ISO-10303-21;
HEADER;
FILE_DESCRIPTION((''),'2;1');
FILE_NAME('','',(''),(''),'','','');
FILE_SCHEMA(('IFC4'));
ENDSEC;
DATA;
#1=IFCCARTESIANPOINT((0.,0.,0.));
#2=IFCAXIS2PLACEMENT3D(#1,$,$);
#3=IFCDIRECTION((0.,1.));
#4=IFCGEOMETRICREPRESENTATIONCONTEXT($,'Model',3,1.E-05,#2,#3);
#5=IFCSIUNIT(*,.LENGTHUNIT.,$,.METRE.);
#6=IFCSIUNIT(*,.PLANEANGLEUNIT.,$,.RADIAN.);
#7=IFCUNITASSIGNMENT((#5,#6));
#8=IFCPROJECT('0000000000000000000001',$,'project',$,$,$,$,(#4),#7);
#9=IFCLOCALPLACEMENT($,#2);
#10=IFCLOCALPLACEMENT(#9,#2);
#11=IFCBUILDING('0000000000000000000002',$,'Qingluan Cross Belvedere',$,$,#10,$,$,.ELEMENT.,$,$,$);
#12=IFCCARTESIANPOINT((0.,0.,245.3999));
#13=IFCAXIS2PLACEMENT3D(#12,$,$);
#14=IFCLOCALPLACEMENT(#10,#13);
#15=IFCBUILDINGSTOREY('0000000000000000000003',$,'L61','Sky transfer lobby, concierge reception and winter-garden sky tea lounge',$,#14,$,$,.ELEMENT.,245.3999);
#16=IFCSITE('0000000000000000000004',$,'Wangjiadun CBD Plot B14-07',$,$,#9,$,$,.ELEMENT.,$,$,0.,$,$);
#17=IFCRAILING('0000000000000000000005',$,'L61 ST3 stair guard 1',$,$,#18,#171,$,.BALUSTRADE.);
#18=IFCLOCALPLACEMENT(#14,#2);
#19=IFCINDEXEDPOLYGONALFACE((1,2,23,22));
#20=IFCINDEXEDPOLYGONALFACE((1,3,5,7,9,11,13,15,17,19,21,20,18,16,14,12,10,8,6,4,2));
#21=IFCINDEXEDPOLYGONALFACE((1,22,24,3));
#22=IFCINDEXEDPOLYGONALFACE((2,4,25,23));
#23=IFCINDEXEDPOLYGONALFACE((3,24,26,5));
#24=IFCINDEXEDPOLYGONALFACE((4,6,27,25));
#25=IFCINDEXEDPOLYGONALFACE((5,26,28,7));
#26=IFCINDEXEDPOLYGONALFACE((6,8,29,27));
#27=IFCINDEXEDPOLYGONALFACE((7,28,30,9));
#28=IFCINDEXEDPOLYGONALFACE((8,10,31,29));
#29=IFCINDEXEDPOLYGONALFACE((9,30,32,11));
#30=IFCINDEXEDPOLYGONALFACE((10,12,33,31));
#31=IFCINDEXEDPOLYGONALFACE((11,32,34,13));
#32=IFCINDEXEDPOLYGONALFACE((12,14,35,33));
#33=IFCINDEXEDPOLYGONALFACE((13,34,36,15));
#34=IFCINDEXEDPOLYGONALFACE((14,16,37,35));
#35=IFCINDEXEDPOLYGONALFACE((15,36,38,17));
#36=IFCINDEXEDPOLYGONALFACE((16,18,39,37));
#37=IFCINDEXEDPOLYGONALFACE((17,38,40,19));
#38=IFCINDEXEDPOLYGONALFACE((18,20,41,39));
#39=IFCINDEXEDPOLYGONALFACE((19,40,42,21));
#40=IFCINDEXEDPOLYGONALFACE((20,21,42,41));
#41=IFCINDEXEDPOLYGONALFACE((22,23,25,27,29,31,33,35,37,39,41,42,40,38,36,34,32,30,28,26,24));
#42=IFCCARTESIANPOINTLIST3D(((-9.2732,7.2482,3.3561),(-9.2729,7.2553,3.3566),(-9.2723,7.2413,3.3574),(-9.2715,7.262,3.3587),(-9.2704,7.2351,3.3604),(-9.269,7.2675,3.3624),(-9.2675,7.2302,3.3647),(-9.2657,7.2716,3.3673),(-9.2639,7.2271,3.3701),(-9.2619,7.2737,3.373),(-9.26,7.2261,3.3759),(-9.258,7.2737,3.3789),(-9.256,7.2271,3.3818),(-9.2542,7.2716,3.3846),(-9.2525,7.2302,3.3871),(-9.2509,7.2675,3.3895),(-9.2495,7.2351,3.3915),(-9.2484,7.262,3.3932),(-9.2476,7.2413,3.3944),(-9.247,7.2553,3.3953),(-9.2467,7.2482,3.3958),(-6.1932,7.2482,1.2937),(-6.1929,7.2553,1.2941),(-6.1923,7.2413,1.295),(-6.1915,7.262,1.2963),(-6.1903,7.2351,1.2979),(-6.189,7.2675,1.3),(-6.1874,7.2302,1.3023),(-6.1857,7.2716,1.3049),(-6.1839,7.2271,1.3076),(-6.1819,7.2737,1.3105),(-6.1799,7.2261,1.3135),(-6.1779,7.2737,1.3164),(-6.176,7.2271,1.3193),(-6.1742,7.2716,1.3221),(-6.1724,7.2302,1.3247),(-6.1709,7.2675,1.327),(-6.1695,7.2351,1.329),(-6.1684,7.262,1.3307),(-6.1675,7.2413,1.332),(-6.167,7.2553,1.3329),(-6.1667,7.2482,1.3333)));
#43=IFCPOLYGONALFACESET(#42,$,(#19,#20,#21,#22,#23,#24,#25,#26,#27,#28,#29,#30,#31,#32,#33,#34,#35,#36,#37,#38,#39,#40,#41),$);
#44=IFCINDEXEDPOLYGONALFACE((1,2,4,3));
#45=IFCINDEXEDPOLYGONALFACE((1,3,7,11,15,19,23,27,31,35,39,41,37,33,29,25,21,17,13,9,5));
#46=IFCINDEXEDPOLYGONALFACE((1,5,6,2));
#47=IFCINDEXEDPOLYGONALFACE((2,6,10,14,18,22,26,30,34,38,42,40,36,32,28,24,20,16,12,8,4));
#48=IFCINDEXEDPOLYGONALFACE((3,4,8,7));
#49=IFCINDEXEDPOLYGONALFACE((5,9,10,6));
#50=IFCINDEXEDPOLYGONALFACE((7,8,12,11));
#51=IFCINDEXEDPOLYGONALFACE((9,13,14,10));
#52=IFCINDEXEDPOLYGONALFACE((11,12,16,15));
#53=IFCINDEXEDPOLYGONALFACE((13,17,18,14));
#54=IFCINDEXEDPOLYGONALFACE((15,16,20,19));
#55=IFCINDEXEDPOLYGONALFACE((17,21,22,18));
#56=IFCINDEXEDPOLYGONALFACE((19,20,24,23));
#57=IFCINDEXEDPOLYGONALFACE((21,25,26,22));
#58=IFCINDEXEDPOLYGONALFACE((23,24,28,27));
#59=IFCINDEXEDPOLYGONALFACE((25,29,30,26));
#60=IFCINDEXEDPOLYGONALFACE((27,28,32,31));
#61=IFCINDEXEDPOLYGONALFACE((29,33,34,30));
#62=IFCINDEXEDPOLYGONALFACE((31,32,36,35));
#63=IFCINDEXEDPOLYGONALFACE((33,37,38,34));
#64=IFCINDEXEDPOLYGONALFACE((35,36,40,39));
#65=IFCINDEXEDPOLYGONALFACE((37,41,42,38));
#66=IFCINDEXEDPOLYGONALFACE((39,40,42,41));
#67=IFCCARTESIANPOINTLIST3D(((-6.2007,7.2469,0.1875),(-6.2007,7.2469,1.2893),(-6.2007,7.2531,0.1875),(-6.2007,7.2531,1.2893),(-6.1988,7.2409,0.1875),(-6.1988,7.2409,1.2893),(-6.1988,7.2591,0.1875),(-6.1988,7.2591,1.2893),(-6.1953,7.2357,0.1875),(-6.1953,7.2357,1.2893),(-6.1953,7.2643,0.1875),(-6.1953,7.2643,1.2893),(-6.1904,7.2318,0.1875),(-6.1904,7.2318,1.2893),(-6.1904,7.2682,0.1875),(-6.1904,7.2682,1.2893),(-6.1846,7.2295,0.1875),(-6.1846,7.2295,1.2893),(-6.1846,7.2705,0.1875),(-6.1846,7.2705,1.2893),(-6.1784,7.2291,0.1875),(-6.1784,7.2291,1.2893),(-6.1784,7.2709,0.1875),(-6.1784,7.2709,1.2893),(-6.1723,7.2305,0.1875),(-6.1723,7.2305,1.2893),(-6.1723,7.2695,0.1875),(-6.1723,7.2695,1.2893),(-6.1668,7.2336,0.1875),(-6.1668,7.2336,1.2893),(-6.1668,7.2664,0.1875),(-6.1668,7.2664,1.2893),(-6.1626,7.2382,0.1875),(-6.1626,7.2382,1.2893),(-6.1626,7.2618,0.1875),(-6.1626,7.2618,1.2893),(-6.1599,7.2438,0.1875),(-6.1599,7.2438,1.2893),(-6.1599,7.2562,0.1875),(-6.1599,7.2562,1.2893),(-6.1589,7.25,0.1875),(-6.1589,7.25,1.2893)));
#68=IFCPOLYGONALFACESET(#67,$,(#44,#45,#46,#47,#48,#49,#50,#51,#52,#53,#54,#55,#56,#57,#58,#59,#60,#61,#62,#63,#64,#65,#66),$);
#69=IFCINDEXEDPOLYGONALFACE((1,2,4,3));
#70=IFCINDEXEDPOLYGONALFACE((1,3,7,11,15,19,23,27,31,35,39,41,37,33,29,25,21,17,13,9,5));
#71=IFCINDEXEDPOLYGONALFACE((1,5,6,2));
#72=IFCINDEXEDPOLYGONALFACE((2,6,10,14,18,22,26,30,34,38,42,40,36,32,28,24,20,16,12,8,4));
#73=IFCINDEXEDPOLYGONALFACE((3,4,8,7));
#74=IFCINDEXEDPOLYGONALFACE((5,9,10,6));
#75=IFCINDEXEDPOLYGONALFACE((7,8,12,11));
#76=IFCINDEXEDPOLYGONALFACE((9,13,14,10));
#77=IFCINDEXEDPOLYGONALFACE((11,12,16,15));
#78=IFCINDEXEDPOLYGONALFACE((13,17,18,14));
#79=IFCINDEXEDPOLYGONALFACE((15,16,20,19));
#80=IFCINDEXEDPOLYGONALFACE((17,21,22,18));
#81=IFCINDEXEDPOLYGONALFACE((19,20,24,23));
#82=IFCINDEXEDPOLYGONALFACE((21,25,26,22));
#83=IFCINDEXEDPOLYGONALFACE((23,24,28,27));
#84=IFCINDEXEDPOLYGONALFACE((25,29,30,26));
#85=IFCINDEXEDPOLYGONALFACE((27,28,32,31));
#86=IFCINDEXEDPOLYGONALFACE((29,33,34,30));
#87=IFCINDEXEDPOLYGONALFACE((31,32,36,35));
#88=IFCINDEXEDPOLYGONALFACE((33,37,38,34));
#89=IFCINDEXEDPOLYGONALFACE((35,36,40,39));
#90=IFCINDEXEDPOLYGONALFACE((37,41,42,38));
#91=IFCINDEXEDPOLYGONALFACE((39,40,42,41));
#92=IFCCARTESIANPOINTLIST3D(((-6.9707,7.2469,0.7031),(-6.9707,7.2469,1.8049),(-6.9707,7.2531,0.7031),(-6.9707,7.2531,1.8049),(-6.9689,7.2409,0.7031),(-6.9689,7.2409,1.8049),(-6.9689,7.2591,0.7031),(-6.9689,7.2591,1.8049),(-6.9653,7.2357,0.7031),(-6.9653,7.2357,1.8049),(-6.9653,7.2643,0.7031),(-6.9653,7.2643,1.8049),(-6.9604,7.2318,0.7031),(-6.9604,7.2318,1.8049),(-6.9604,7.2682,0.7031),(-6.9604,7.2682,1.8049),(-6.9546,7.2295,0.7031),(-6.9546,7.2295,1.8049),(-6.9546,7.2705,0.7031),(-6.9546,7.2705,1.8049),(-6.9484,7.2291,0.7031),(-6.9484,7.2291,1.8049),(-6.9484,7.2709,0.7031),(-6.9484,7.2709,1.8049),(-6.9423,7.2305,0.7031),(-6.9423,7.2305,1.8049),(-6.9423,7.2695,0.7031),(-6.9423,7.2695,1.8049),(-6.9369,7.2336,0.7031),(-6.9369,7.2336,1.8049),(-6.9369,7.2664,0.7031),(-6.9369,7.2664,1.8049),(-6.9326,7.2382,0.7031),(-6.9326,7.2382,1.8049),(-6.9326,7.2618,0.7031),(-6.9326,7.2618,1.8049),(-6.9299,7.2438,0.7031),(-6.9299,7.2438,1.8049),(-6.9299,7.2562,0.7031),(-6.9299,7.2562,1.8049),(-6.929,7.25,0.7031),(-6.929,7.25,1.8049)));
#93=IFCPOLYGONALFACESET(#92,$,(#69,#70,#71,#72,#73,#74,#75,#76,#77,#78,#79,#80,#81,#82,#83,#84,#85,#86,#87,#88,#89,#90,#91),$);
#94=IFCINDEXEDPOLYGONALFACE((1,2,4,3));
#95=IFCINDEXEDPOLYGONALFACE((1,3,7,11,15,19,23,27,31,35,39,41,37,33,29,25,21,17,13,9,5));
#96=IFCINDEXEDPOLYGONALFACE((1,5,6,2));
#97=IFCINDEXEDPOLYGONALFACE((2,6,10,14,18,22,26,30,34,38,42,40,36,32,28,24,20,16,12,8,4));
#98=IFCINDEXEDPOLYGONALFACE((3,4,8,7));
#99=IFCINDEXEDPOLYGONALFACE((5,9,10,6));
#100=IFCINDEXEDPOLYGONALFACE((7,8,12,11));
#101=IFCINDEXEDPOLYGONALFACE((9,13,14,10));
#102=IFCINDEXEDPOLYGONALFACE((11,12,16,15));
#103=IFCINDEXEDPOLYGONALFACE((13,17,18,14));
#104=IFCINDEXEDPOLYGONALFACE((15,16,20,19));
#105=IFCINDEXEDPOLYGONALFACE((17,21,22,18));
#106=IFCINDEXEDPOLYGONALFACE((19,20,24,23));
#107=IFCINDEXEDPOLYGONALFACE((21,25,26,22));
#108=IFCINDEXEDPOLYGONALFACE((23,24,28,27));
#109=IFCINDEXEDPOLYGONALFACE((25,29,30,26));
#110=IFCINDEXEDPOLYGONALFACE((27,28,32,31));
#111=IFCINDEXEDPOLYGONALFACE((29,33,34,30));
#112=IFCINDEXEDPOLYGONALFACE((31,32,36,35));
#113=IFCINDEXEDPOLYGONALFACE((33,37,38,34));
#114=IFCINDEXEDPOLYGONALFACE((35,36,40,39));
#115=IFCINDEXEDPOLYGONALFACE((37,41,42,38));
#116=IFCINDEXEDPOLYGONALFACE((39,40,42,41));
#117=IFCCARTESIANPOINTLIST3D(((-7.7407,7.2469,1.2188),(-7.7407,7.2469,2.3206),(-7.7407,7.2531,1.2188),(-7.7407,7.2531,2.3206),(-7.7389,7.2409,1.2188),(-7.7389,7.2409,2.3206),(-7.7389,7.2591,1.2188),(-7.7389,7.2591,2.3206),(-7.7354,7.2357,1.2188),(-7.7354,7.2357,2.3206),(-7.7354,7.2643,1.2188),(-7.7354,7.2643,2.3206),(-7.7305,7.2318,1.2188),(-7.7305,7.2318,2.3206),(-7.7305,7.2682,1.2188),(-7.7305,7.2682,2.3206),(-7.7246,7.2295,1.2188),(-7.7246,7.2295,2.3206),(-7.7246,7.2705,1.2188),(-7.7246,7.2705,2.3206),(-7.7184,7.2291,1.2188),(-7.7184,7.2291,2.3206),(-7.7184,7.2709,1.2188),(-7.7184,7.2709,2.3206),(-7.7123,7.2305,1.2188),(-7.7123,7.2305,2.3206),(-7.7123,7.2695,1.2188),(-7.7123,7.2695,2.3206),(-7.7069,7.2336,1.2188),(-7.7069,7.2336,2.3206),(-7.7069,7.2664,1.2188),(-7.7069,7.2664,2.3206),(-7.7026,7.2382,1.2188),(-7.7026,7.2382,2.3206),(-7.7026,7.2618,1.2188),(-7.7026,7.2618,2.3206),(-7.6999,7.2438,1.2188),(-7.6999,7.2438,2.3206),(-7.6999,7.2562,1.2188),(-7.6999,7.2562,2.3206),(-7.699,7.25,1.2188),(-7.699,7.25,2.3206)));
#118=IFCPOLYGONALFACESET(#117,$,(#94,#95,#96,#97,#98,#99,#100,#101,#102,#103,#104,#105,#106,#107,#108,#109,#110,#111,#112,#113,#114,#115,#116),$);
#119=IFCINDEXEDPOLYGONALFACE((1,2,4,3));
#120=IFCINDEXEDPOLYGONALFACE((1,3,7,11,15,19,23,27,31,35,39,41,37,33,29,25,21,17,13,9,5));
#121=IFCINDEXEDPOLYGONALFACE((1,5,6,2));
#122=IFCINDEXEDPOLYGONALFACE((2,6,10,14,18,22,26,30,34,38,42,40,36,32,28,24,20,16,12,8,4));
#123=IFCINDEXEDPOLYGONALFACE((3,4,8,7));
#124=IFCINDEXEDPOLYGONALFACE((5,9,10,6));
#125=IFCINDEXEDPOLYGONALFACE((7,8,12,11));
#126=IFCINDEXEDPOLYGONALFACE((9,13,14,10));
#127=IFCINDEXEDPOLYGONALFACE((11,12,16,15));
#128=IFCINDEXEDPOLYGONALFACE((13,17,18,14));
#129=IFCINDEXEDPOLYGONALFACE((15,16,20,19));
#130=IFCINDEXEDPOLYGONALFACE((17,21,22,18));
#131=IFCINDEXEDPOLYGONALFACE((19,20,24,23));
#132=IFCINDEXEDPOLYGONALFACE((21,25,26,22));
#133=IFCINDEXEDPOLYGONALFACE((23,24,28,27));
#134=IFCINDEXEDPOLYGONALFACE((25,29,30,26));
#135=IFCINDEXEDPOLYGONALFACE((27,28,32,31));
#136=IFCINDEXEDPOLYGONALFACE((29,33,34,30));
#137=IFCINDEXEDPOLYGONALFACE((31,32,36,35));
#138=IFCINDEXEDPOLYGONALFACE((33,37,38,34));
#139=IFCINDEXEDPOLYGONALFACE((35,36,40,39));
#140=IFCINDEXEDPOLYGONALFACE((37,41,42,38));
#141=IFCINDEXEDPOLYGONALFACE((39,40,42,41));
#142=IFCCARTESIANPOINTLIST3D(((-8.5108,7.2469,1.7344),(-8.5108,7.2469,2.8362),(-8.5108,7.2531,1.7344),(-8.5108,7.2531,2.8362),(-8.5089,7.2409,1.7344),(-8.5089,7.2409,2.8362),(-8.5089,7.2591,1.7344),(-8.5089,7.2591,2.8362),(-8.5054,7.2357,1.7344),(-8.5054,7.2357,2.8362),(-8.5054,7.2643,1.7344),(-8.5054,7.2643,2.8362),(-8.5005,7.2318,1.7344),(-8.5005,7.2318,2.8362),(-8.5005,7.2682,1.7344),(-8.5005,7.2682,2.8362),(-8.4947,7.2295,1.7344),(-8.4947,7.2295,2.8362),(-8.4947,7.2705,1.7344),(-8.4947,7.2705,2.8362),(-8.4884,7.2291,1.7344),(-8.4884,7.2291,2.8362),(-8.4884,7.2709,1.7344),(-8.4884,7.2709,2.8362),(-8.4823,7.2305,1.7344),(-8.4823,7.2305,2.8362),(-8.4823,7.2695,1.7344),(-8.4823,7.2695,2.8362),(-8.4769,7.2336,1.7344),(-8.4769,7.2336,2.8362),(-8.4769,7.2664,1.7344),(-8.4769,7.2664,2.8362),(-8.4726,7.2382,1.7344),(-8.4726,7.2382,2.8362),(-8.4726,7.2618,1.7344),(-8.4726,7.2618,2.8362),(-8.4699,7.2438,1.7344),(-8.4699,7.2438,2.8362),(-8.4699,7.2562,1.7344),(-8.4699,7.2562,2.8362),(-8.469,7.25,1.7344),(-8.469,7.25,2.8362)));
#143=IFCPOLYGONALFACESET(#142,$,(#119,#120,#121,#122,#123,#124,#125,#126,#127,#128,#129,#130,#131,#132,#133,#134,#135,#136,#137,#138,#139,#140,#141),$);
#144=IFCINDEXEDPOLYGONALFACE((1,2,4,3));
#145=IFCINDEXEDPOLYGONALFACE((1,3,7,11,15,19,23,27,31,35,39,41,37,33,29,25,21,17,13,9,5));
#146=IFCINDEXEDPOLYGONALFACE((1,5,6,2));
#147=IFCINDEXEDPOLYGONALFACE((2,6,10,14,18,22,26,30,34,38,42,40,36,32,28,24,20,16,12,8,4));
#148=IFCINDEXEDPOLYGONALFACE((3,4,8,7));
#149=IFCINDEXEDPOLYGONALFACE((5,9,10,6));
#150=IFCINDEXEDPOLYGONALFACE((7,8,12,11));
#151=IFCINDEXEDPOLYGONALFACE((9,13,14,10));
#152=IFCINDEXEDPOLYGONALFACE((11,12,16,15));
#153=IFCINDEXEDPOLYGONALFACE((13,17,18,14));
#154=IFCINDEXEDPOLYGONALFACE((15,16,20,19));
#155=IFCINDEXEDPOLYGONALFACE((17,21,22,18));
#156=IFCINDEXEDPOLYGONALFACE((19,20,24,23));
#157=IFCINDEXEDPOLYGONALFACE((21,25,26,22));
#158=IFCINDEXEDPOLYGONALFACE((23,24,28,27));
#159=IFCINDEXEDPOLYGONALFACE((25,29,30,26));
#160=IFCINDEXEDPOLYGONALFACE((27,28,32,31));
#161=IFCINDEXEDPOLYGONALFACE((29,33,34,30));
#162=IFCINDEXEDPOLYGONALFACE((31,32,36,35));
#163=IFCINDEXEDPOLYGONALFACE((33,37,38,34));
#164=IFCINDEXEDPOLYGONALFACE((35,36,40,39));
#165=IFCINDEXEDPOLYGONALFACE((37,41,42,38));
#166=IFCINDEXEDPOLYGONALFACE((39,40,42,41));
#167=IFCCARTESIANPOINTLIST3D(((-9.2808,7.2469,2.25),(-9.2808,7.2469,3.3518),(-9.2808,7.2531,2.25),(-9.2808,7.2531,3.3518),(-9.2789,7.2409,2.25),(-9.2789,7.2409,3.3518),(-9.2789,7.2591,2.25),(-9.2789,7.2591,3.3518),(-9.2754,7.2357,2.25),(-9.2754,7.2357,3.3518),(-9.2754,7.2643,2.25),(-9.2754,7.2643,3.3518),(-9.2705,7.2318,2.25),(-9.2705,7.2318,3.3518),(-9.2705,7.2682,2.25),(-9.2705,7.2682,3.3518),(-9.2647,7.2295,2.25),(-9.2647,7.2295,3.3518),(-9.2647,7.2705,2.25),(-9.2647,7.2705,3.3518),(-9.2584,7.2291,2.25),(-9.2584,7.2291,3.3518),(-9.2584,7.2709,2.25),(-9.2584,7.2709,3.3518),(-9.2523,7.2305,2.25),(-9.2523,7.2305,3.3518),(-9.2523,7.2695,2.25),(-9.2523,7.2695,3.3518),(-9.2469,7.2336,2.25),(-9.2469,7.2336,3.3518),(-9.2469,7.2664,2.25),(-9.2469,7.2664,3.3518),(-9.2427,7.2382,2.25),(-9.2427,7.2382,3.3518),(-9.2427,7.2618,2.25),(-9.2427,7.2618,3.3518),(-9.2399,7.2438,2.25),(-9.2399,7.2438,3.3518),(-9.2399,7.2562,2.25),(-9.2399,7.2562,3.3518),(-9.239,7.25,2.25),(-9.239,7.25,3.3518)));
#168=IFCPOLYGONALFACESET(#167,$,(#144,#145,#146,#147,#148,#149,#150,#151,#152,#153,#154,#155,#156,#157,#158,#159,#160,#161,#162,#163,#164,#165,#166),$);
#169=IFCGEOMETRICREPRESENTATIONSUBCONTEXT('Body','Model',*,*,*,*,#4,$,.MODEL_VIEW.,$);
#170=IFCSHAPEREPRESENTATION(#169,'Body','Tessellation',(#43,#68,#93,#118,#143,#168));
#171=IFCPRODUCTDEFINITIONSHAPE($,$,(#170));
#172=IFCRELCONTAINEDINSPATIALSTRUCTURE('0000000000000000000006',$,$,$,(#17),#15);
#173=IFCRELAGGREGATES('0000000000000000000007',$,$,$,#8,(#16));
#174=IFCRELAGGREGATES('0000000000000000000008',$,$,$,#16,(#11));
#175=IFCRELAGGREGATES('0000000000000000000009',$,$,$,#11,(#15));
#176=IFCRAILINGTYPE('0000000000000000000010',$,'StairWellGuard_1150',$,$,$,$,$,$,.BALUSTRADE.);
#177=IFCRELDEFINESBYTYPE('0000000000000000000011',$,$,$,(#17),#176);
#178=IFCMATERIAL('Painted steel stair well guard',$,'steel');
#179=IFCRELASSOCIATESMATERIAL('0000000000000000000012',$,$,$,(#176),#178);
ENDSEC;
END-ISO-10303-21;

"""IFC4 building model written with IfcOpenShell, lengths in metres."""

from ifc_helpers import new_model, si_unit, direction, frame, origin, origin_2d, place, context, subcontext, project, spatial, circle, extrude, material, type_object, element, save


model = new_model("IFC4")

# Units and contexts
model_context = context("Model", 3, precision=1e-05, world=origin(), true_north=direction((0.0, 1.0)))
body_context = subcontext(model_context, "Body", "Model", "MODEL_VIEW")
ifc_project = project(units=[si_unit("LENGTHUNIT", "METRE"), si_unit("PLANEANGLEUNIT", "RADIAN")], contexts=[model_context])

# Site, building, storey
site_placement = place(None, origin())
site = spatial("IfcSite", under=ifc_project, at=site_placement, Name="Wangjiadun CBD Plot B14-07", CompositionType="ELEMENT", RefElevation=0.0)
building_placement = place(site_placement, origin())
building = spatial("IfcBuilding", under=site, at=building_placement, Name="Qingluan Cross Belvedere", CompositionType="ELEMENT")
storey_placement = place(building_placement, frame((0.0, 0.0, 245.3999)))
storey = spatial("IfcBuildingStorey", under=building, at=storey_placement, Name="L61", Description="Sky transfer lobby, concierge reception and winter-garden sky tea lounge", CompositionType="ELEMENT", Elevation=245.3999)

# Railing
ifc_material_1 = material(Name="Painted steel stair well guard", Category="steel")
railing_type_1 = type_object("IfcRailingType", Name="StairWellGuard_1150", PredefinedType="BALUSTRADE", material=ifc_material_1)
railing_1_placement = place(storey_placement, frame((-6.1799, 7.25, 0.1875)))
element("IfcRailing", 1, at=railing_1_placement, inside=storey, type_object=railing_type_1, Name="L61 ST3 stair guard 1", PredefinedType="BALUSTRADE", context=body_context, shape_type="SweptSolid", body=[
    extrude(circle(Radius=0.0239, at=origin_2d()), frame((0.0, 0.0, 1.126), z_axis=(-0.830914, 0.0, 0.556401), x_axis=(0.0, -1.0, 0.0)), (0.0, 0.0, 1.0), 3.7068),
    extrude(circle(Radius=0.021, at=origin_2d()), origin(), (0.0, 0.0, 1.0), 1.1018),
    extrude(circle(Radius=0.021, at=origin_2d()), frame((-0.77, 0.0, 0.5156)), (0.0, 0.0, 1.0), 1.1018),
    extrude(circle(Radius=0.021, at=origin_2d()), frame((-1.54, 0.0, 1.0312)), (0.0, 0.0, 1.0), 1.1018),
    extrude(circle(Radius=0.021, at=origin_2d()), frame((-2.3101, 0.0, 1.5469)), (0.0, 0.0, 1.0), 1.1018),
    extrude(circle(Radius=0.021, at=origin_2d()), frame((-3.0801, 0.0, 2.0625)), (0.0, 0.0, 1.0), 1.1018),
])

save(model, "model.ifc")
